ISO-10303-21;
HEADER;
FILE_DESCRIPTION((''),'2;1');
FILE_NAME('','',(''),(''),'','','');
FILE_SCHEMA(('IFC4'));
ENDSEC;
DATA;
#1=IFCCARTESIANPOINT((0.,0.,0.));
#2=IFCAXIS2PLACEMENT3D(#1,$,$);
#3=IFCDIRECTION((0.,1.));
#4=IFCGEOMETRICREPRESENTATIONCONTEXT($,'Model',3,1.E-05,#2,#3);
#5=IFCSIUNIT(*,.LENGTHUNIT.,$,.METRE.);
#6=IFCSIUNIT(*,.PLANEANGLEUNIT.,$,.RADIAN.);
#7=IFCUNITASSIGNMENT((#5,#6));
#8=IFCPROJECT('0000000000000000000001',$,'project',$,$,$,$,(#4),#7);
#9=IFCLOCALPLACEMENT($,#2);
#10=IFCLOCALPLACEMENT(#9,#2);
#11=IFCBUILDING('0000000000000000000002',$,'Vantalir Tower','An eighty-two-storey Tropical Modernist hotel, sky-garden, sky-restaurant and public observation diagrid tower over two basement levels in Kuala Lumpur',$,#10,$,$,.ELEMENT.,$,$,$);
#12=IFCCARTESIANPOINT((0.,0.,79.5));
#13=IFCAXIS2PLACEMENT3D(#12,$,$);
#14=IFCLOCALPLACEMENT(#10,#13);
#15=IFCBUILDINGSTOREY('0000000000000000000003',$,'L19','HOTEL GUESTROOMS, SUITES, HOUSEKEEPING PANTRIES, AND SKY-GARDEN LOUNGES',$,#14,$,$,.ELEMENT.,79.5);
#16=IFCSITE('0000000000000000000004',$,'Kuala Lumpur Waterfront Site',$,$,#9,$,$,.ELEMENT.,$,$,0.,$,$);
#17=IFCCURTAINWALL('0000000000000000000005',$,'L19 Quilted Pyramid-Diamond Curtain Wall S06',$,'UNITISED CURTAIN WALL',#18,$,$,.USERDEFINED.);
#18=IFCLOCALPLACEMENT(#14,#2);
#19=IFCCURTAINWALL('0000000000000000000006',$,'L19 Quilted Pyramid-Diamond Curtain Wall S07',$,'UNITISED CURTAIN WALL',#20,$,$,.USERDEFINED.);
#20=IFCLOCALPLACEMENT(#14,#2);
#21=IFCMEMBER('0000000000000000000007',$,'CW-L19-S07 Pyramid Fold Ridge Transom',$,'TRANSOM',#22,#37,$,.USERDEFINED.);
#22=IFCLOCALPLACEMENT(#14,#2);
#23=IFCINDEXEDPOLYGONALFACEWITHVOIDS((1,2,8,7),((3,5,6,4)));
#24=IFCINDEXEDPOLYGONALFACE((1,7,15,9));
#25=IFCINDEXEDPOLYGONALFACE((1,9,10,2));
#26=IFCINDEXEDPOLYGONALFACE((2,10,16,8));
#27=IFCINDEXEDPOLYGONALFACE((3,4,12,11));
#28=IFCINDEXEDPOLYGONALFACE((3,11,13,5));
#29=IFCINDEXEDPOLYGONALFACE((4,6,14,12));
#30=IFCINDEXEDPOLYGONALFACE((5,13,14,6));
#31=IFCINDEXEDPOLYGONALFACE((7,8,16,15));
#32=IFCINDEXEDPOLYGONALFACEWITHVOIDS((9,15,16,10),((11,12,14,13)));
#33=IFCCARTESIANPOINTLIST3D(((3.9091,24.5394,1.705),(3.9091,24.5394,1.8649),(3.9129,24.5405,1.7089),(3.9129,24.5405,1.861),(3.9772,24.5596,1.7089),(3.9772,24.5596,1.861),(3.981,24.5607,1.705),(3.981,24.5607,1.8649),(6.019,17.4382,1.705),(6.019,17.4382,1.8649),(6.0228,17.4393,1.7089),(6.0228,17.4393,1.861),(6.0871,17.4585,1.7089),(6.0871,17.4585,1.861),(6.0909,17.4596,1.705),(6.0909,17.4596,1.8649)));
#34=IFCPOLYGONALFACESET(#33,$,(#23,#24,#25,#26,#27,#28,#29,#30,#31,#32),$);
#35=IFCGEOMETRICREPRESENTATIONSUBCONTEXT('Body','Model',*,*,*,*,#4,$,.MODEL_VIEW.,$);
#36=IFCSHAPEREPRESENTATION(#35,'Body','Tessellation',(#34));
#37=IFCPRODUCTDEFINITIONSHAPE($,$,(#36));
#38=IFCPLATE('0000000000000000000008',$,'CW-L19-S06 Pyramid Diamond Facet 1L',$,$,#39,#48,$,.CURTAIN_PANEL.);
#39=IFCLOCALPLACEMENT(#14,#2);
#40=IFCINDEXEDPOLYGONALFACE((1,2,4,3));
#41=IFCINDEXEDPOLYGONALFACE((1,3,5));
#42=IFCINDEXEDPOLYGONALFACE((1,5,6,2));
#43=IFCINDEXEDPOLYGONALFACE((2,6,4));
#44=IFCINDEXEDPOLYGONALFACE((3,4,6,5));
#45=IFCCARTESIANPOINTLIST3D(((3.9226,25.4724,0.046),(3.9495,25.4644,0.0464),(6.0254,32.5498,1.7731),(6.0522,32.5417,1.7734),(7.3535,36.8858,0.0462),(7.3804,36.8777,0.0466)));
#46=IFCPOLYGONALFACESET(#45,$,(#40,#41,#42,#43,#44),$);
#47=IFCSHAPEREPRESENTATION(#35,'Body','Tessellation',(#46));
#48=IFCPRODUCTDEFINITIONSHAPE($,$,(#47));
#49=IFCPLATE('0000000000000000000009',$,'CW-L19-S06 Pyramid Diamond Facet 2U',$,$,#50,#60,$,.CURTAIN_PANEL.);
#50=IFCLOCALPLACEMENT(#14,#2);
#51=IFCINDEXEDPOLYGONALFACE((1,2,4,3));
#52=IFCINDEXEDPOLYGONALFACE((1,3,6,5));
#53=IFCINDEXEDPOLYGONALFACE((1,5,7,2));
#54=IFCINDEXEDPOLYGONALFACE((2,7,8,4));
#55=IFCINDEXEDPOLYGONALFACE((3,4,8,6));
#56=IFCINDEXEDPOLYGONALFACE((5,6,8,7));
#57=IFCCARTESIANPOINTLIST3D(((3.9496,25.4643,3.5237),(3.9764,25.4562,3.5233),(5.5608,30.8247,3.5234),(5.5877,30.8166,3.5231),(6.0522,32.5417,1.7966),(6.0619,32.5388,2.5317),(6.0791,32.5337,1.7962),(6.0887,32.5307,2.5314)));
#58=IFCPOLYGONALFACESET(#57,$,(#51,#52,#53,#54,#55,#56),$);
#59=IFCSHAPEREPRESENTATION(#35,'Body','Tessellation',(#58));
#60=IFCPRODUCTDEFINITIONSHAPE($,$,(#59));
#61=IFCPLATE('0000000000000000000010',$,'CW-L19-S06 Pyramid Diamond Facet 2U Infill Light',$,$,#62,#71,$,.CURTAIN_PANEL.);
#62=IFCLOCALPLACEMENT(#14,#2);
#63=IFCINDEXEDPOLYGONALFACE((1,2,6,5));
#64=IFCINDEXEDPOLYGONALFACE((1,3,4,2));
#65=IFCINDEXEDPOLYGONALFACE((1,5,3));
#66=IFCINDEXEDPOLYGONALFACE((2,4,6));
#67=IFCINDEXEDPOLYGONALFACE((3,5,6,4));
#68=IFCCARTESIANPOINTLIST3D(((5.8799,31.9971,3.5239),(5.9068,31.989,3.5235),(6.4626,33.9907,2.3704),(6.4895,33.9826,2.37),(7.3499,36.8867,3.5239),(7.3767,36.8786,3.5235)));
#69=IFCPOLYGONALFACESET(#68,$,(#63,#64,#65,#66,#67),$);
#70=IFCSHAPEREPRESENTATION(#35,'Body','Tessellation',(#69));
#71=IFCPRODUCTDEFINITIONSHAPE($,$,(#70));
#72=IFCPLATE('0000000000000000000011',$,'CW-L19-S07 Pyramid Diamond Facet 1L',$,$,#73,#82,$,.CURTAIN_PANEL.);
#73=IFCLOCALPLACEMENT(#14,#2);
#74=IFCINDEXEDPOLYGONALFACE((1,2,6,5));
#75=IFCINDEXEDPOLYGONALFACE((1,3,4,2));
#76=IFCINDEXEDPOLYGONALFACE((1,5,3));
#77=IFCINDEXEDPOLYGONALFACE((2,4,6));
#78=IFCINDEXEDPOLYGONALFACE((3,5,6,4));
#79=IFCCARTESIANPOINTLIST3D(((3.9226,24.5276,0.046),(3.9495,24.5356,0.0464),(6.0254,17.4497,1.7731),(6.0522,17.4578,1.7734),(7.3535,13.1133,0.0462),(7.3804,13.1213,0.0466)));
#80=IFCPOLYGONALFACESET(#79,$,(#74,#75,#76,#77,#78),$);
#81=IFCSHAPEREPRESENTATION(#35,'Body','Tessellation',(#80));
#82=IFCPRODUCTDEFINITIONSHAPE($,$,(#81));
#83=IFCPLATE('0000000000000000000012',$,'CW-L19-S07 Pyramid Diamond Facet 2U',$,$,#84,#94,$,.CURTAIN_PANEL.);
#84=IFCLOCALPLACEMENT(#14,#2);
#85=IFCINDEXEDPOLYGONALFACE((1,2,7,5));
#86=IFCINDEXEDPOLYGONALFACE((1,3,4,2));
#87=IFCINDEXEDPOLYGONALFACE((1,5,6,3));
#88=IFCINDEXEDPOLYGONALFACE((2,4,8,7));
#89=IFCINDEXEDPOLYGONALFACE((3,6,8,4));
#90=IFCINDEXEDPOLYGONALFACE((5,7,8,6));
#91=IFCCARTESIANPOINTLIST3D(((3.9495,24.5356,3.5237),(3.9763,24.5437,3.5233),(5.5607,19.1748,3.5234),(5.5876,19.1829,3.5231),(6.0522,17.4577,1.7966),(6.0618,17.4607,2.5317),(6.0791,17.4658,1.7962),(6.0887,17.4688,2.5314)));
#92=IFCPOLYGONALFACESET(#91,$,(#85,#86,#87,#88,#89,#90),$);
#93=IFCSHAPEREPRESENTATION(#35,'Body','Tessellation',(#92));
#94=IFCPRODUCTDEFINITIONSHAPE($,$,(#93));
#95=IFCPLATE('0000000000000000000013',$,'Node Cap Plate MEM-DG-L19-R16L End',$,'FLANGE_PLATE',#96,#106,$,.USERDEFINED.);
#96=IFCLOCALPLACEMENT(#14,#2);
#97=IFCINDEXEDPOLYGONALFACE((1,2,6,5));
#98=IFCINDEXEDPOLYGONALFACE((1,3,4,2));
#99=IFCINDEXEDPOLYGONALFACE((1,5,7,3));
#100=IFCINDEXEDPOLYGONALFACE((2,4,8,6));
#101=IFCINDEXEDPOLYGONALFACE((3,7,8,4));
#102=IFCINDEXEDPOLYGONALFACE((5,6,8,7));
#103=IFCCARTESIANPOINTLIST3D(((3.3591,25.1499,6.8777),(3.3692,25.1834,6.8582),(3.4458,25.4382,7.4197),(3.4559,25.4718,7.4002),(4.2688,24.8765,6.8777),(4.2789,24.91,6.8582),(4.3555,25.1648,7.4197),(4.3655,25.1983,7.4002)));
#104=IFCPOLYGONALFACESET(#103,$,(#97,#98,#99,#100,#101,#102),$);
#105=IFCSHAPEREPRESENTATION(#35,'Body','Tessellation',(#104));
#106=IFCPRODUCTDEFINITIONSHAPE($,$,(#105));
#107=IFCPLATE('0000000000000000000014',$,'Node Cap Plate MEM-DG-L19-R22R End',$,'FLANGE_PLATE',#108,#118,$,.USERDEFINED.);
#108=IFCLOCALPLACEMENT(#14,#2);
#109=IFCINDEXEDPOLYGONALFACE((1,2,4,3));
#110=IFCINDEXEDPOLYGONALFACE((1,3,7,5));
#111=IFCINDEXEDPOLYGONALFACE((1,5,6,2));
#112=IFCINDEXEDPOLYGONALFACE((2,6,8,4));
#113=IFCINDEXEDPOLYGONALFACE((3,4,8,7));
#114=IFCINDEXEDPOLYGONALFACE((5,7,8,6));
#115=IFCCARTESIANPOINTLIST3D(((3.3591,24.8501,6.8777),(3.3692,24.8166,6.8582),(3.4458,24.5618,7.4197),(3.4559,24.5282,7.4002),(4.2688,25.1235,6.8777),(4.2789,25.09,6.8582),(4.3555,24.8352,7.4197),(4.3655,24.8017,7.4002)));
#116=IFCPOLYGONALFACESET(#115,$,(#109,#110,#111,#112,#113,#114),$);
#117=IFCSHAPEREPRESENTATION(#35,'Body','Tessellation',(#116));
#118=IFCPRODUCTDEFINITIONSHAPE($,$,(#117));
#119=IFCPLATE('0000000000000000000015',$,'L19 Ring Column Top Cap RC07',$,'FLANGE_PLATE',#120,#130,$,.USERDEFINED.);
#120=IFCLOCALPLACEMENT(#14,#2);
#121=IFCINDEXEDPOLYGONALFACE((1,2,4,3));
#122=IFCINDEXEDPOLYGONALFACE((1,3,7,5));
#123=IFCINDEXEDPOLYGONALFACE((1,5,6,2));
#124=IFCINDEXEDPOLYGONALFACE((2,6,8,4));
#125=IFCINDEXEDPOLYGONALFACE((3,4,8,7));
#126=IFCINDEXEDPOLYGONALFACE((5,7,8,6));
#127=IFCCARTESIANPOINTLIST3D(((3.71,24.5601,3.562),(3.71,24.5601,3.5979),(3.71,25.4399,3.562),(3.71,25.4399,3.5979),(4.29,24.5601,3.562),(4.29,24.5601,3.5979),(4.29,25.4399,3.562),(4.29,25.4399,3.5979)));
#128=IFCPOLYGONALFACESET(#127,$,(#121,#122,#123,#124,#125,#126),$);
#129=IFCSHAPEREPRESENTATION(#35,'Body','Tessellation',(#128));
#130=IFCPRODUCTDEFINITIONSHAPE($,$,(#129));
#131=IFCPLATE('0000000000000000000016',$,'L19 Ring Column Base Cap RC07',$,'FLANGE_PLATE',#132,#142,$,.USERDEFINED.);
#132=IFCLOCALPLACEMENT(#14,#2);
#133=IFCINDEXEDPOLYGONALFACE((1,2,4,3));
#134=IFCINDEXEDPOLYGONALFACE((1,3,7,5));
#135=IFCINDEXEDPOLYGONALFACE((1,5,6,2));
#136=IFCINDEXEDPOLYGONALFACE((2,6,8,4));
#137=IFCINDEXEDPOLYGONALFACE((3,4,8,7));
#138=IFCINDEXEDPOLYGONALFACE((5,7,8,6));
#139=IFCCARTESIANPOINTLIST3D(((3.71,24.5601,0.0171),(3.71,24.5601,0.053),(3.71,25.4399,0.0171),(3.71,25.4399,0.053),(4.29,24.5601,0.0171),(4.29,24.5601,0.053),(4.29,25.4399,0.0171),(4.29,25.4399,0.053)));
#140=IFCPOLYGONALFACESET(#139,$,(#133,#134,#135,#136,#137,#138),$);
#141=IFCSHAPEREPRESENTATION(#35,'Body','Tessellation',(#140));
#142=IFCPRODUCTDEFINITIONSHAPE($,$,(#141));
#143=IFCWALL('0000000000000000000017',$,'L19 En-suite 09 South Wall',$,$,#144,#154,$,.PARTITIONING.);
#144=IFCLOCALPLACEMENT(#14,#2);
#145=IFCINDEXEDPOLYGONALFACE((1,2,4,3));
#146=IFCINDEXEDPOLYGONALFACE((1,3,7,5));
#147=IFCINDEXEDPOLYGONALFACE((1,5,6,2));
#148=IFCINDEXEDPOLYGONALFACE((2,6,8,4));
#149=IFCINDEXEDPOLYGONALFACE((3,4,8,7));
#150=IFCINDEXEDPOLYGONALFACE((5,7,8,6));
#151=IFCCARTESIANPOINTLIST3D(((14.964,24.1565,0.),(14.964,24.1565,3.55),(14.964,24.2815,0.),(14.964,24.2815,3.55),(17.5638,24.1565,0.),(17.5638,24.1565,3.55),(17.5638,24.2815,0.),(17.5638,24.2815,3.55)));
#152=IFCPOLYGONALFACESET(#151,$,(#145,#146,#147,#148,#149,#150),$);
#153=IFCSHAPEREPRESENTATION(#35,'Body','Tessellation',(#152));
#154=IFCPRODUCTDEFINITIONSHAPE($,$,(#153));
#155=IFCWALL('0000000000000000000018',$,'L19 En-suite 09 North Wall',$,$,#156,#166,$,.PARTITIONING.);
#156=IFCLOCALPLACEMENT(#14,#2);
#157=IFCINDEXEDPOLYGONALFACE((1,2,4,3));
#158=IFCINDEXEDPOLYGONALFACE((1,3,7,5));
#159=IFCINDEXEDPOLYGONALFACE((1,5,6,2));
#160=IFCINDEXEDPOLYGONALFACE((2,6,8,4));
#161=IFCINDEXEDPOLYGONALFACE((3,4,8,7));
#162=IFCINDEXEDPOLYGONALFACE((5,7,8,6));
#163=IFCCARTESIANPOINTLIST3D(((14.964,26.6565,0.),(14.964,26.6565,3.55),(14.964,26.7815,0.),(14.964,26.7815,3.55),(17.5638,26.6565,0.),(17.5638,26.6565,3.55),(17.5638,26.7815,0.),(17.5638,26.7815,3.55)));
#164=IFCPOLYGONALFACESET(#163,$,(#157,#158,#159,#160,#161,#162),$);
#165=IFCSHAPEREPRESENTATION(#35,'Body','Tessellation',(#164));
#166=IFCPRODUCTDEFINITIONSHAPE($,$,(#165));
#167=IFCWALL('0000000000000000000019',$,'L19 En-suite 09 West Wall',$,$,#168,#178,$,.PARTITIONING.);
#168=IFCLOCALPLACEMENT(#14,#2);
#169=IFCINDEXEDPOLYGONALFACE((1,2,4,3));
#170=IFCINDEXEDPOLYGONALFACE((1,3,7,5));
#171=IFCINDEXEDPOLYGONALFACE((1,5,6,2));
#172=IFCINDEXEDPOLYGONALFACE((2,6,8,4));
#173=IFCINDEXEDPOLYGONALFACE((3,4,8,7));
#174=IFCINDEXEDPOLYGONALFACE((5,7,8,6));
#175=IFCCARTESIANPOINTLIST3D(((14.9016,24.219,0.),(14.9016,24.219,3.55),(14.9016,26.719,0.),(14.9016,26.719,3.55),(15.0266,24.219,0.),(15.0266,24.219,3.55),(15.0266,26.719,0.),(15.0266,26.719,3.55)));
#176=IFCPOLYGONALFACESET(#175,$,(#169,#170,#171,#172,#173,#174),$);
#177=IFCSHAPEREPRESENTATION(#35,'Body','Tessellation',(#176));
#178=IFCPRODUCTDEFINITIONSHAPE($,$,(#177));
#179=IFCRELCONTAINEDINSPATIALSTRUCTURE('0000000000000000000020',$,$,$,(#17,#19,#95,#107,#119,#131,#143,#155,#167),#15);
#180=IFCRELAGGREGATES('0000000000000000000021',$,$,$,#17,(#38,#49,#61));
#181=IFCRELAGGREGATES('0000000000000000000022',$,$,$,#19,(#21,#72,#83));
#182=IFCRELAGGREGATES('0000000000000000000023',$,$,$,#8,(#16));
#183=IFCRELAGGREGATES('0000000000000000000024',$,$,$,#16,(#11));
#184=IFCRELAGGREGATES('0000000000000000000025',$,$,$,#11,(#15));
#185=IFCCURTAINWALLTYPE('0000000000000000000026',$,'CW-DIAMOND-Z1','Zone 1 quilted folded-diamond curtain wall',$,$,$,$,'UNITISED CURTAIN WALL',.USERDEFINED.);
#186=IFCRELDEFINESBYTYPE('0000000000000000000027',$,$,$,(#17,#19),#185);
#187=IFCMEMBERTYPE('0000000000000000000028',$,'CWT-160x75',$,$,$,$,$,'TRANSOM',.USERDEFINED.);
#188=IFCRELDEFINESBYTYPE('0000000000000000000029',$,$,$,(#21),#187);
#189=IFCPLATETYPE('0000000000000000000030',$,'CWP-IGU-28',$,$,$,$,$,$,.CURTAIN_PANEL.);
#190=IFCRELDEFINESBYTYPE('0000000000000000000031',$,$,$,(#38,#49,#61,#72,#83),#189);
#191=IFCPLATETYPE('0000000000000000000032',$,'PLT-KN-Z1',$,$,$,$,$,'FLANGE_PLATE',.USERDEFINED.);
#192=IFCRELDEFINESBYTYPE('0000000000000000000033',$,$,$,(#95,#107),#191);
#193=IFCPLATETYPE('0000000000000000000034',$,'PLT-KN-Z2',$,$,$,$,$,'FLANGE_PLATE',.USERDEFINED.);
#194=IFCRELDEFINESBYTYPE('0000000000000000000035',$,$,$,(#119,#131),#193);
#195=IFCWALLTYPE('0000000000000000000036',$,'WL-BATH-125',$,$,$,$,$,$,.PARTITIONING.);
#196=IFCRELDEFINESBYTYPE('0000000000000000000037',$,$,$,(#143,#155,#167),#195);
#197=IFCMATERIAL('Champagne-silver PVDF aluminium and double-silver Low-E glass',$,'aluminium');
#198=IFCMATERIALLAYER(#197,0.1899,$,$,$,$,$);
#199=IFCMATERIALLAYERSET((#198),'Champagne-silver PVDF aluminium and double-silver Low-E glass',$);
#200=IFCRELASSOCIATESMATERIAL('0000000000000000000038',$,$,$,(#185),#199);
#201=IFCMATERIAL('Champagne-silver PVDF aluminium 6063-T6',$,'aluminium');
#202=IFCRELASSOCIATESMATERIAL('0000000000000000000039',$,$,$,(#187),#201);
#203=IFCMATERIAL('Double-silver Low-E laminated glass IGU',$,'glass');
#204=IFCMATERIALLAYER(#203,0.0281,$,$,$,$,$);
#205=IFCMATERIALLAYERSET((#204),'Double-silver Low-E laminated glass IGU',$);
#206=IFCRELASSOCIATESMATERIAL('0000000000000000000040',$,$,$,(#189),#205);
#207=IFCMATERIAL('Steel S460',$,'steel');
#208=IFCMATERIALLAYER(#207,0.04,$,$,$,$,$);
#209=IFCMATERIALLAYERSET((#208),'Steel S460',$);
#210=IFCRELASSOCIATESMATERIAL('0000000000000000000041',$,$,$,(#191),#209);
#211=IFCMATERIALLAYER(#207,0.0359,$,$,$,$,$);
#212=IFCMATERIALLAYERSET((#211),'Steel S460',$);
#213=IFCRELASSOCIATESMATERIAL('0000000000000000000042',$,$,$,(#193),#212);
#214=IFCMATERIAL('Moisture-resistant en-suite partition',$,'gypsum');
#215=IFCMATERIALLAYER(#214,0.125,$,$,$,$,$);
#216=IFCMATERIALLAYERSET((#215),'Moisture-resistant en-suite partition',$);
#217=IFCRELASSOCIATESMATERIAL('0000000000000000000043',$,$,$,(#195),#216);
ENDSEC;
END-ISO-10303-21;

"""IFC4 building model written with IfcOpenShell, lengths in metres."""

from ifc_helpers import new_model, si_unit, direction, frame, frame_2d, origin, origin_2d, place, context, subcontext, project, spatial, polyline, rectangle, hollow_rectangle, outline, extrude, material, layer, layer_set, material_profile, profile_set, type_object, element, aggregate, save


model = new_model("IFC4")

# Units and contexts
model_context = context("Model", 3, precision=1e-05, world=origin(), true_north=direction((0.0, 1.0)))
body_context = subcontext(model_context, "Body", "Model", "MODEL_VIEW")
ifc_project = project(units=[si_unit("LENGTHUNIT", "METRE"), si_unit("PLANEANGLEUNIT", "RADIAN")], contexts=[model_context])

# Site, building, storey
site_placement = place(None, origin())
site = spatial("IfcSite", under=ifc_project, at=site_placement, Name="Kuala Lumpur Waterfront Site", CompositionType="ELEMENT", RefElevation=0.0)
building_placement = place(site_placement, origin())
building = spatial("IfcBuilding", under=site, at=building_placement, Name="Vantalir Tower", Description="An eighty-two-storey Tropical Modernist hotel, sky-garden, sky-restaurant and public observation diagrid tower over two basement levels in Kuala Lumpur", CompositionType="ELEMENT")
storey_placement = place(building_placement, frame((0.0, 0.0, 79.5)))
storey = spatial("IfcBuildingStorey", under=building, at=storey_placement, Name="L19", Description="HOTEL GUESTROOMS, SUITES, HOUSEKEEPING PANTRIES, AND SKY-GARDEN LOUNGES", CompositionType="ELEMENT", Elevation=79.5)

# Shared definitions
ifc_material_1 = material(Name="Steel S460", Category="steel")

# Curtain wall
ifc_material_2 = material(Name="Champagne-silver PVDF aluminium and double-silver Low-E glass", Category="aluminium")
ifc_layer_1 = layer(ifc_material_2, 0.1899)
ifc_layer_set_1 = layer_set([ifc_layer_1], Name="Champagne-silver PVDF aluminium and double-silver Low-E glass")
curtain_wall_type = type_object("IfcCurtainWallType", Name="CW-DIAMOND-Z1", Description="Zone 1 quilted folded-diamond curtain wall", ElementType="UNITISED CURTAIN WALL", PredefinedType="USERDEFINED", material=ifc_layer_set_1)
curtain_wall_1_placement = place(storey_placement, origin())
curtain_wall_1 = element("IfcCurtainWall", 1, at=curtain_wall_1_placement, inside=storey, type_object=curtain_wall_type, Name="L19 Quilted Pyramid-Diamond Curtain Wall S06", ObjectType="UNITISED CURTAIN WALL", PredefinedType="USERDEFINED")
ifc_material_3 = material(Name="Champagne-silver PVDF aluminium 6063-T6", Category="aluminium")

# Curtain wall, member
curtain_wall_2_placement = place(storey_placement, origin())
curtain_wall_2 = element("IfcCurtainWall", 2, at=curtain_wall_2_placement, inside=storey, type_object=curtain_wall_type, Name="L19 Quilted Pyramid-Diamond Curtain Wall S07", ObjectType="UNITISED CURTAIN WALL", PredefinedType="USERDEFINED")
ifc_material_profile_1 = material_profile(ifc_material_3, hollow_rectangle(XDim=0.075, YDim=0.1599, WallThickness=0.0039, at=origin_2d()), Name="Champagne-silver PVDF aluminium 6063-T6")
ifc_profile_set_1 = profile_set([ifc_material_profile_1], Name="Champagne-silver PVDF aluminium 6063-T6")
member_type_1 = type_object("IfcMemberType", Name="CWT-160x75", ElementType="TRANSOM", PredefinedType="USERDEFINED", material=ifc_profile_set_1)
member_1_placement = place(storey_placement, frame((3.9451, 24.55, 1.7849), z_axis=(0.284813, -0.958583, 0.0), x_axis=(0.958583, 0.284813, 0.0)))
member_1 = element("IfcMember", 3, at=member_1_placement, type_object=member_type_1, Name="CW-L19-S07 Pyramid Fold Ridge Transom", ObjectType="TRANSOM", PredefinedType="USERDEFINED", context=body_context, shape_type="SweptSolid", body=[
    extrude(hollow_rectangle(XDim=0.075, YDim=0.1599, WallThickness=0.0039, at=origin_2d()), origin(), (0.0, 0.0, 1.0), 7.408),
])

# Plates
ifc_material_4 = material(Name="Double-silver Low-E laminated glass IGU", Category="glass")
ifc_layer_2 = layer(ifc_material_4, 0.0281)
ifc_layer_set_2 = layer_set([ifc_layer_2], Name="Double-silver Low-E laminated glass IGU")
plate_type_1 = type_object("IfcPlateType", Name="CWP-IGU-28", PredefinedType="CURTAIN_PANEL", material=ifc_layer_set_2)
plate_1_placement = place(storey_placement, frame((7.3804, 36.8777, 0.0466), z_axis=(0.957577, -0.287853, 0.013707), x_axis=(-0.28788, -0.957667, -0.00002)))
plate_1 = element("IfcPlate", 4, at=plate_1_placement, type_object=plate_type_1, Name="CW-L19-S06 Pyramid Diamond Facet 1L", PredefinedType="CURTAIN_PANEL", context=body_context, shape_type="SweptSolid", body=[
    extrude(outline(polyline([(0.0, 0.0), (11.9179, 0.0), (4.5347, -1.7271), (0.0, 0.0)])), origin(), (0.0, 0.0, -1.0), 0.0281),
])
plate_2_placement = place(storey_placement, frame((5.5608, 30.8247, 3.5234), z_axis=(-0.957583, 0.287834, 0.013675), x_axis=(-0.28786, -0.957672, 0.000043)))
plate_2 = element("IfcPlate", 5, at=plate_2_placement, type_object=plate_type_1, Name="CW-L19-S06 Pyramid Diamond Facet 2U", PredefinedType="CURTAIN_PANEL", context=body_context, shape_type="SweptSolid", body=[
    extrude(outline(polyline([(0.0, 0.0), (5.5973, 0.0), (-1.7859, -1.7269), (-1.7858, -0.9917), (0.0, 0.0)])), origin(), (0.0, 0.0, -1.0), 0.0281),
])
plate_3_placement = place(storey_placement, frame((7.3499, 36.8867, 3.5239), z_axis=(-0.95757, 0.287873, 0.013768), x_axis=(-0.287901, -0.95766, 0.0)))
plate_3 = element("IfcPlate", 6, at=plate_3_placement, type_object=plate_type_1, Name="CW-L19-S06 Pyramid Diamond Facet 2U Infill Light", PredefinedType="CURTAIN_PANEL", context=body_context, shape_type="SweptSolid", body=[
    extrude(outline(polyline([(0.0, 0.0), (5.1058, 0.0), (3.0288, -1.1537), (0.0, 0.0)])), origin(), (0.0, 0.0, -1.0), 0.0281),
])
aggregate(curtain_wall_1, [plate_1, plate_2, plate_3])
plate_4_placement = place(storey_placement, frame((3.9495, 24.5356, 0.0464), z_axis=(0.957584, 0.28783, 0.013687), x_axis=(0.287857, -0.957673, 0.00002)))
plate_4 = element("IfcPlate", 7, at=plate_4_placement, type_object=plate_type_1, Name="CW-L19-S07 Pyramid Diamond Facet 1L", PredefinedType="CURTAIN_PANEL", context=body_context, shape_type="SweptSolid", body=[
    extrude(outline(polyline([(0.0, 0.0), (11.9188, 0.0), (7.3836, -1.7271), (0.0, 0.0)])), origin(), (0.0, 0.0, -1.0), 0.0281),
])
plate_5_placement = place(storey_placement, frame((3.9495, 24.5356, 3.5237), z_axis=(-0.957589, -0.287813, 0.013652), x_axis=(0.287839, -0.957679, -0.000043)))
plate_5 = element("IfcPlate", 8, at=plate_5_placement, type_object=plate_type_1, Name="CW-L19-S07 Pyramid Diamond Facet 2U", PredefinedType="CURTAIN_PANEL", context=body_context, shape_type="SweptSolid", body=[
    extrude(outline(polyline([(0.0, 0.0), (5.5978, 0.0), (7.3836, -0.9917), (7.3837, -1.7269), (0.0, 0.0)])), origin(), (0.0, 0.0, -1.0), 0.0281),
])
aggregate(curtain_wall_2, [member_1, plate_4, plate_5])

# Plates
ifc_layer_3 = layer(ifc_material_1, 0.04)
ifc_layer_set_3 = layer_set([ifc_layer_3], Name="Steel S460")
plate_type_2 = type_object("IfcPlateType", Name="PLT-KN-Z1", ElementType="FLANGE_PLATE", PredefinedType="USERDEFINED", material=ifc_layer_set_3)
plate_6_placement = place(storey_placement, frame((3.3591, 25.1499, 6.8777), z_axis=(-0.251647, -0.837176, 0.485603), x_axis=(0.957671, -0.287867, 0.0)))
element("IfcPlate", 9, at=plate_6_placement, inside=storey, type_object=plate_type_2, Name="Node Cap Plate MEM-DG-L19-R16L End", ObjectType="FLANGE_PLATE", PredefinedType="USERDEFINED", context=body_context, shape_type="SweptSolid", body=[
    extrude(outline(polyline([(0.0, 0.0), (0.9499, 0.0), (0.9499, 0.62), (0.0, 0.62), (0.0, 0.0)])), origin(), (0.0, 0.0, -1.0), 0.04),
])
plate_7_placement = place(storey_placement, frame((4.2688, 25.1235, 6.8777), z_axis=(-0.251647, 0.837176, 0.485603), x_axis=(-0.957671, -0.287867, 0.0)))
element("IfcPlate", 10, at=plate_7_placement, inside=storey, type_object=plate_type_2, Name="Node Cap Plate MEM-DG-L19-R22R End", ObjectType="FLANGE_PLATE", PredefinedType="USERDEFINED", context=body_context, shape_type="SweptSolid", body=[
    extrude(outline(polyline([(0.0, 0.0), (0.9499, 0.0), (0.9499, 0.62), (0.0, 0.62), (0.0, 0.0)])), origin(), (0.0, 0.0, -1.0), 0.04),
])
ifc_layer_4 = layer(ifc_material_1, 0.0359)
ifc_layer_set_4 = layer_set([ifc_layer_4], Name="Steel S460")
plate_type_3 = type_object("IfcPlateType", Name="PLT-KN-Z2", ElementType="FLANGE_PLATE", PredefinedType="USERDEFINED", material=ifc_layer_set_4)
for number, where, z_axis, x_axis, name in (
    (11, (3.71, 25.4399, 3.5979), (0.0, 0.0, 1.0), (0.0, -1.0, 0.0), "L19 Ring Column Top Cap RC07"),
    (12, (3.71, 25.4399, 0.053), (0.0, 0.0, 1.0), (0.0, -1.0, 0.0), "L19 Ring Column Base Cap RC07"),
):
    element("IfcPlate", number, at=place(storey_placement, frame(where, z_axis=z_axis, x_axis=x_axis)), inside=storey, type_object=plate_type_3, Name=name, ObjectType="FLANGE_PLATE", PredefinedType="USERDEFINED", context=body_context, shape_type="SweptSolid", body=[
        extrude(outline(polyline([(0.0, 0.0), (0.8799, 0.0), (0.8799, 0.5801), (0.0, 0.5801), (0.0, 0.0)])), origin(), (0.0, 0.0, -1.0), 0.0359),
    ])

# Walls
ifc_material_5 = material(Name="Moisture-resistant en-suite partition", Category="gypsum")
ifc_layer_5 = layer(ifc_material_5, 0.125)
ifc_layer_set_5 = layer_set([ifc_layer_5], Name="Moisture-resistant en-suite partition")
wall_type_1 = type_object("IfcWallType", Name="WL-BATH-125", PredefinedType="PARTITIONING", material=ifc_layer_set_5)
for number, where, z_axis, x_axis, name in (
    (13, (14.9641, 24.219, 0.0), (0.0, 0.0, 1.0), (1.0, 0.0, 0.0), "L19 En-suite 09 South Wall"),
    (14, (14.9641, 26.719, 0.0), (0.0, 0.0, 1.0), (1.0, 0.0, 0.0), "L19 En-suite 09 North Wall"),
):
    element("IfcWall", number, at=place(storey_placement, frame(where, z_axis=z_axis, x_axis=x_axis)), inside=storey, type_object=wall_type_1, Name=name, PredefinedType="PARTITIONING", context=body_context, shape_type="SweptSolid", body=[
        extrude(rectangle(XDim=2.5999, YDim=0.125, at=frame_2d((1.2998, 0.0))), origin(), (0.0, 0.0, 1.0), 3.55),
    ])
wall_1_placement = place(storey_placement, frame((14.9641, 24.219, 0.0), z_axis=(0.0, 0.0, 1.0), x_axis=(0.0, 1.0, 0.0)))
element("IfcWall", 15, at=wall_1_placement, inside=storey, type_object=wall_type_1, Name="L19 En-suite 09 West Wall", PredefinedType="PARTITIONING", context=body_context, shape_type="SweptSolid", body=[
    extrude(rectangle(XDim=2.5, YDim=0.125, at=frame_2d((1.25, 0.0))), origin(), (0.0, 0.0, 1.0), 3.55),
])

save(model, "model.ifc")
